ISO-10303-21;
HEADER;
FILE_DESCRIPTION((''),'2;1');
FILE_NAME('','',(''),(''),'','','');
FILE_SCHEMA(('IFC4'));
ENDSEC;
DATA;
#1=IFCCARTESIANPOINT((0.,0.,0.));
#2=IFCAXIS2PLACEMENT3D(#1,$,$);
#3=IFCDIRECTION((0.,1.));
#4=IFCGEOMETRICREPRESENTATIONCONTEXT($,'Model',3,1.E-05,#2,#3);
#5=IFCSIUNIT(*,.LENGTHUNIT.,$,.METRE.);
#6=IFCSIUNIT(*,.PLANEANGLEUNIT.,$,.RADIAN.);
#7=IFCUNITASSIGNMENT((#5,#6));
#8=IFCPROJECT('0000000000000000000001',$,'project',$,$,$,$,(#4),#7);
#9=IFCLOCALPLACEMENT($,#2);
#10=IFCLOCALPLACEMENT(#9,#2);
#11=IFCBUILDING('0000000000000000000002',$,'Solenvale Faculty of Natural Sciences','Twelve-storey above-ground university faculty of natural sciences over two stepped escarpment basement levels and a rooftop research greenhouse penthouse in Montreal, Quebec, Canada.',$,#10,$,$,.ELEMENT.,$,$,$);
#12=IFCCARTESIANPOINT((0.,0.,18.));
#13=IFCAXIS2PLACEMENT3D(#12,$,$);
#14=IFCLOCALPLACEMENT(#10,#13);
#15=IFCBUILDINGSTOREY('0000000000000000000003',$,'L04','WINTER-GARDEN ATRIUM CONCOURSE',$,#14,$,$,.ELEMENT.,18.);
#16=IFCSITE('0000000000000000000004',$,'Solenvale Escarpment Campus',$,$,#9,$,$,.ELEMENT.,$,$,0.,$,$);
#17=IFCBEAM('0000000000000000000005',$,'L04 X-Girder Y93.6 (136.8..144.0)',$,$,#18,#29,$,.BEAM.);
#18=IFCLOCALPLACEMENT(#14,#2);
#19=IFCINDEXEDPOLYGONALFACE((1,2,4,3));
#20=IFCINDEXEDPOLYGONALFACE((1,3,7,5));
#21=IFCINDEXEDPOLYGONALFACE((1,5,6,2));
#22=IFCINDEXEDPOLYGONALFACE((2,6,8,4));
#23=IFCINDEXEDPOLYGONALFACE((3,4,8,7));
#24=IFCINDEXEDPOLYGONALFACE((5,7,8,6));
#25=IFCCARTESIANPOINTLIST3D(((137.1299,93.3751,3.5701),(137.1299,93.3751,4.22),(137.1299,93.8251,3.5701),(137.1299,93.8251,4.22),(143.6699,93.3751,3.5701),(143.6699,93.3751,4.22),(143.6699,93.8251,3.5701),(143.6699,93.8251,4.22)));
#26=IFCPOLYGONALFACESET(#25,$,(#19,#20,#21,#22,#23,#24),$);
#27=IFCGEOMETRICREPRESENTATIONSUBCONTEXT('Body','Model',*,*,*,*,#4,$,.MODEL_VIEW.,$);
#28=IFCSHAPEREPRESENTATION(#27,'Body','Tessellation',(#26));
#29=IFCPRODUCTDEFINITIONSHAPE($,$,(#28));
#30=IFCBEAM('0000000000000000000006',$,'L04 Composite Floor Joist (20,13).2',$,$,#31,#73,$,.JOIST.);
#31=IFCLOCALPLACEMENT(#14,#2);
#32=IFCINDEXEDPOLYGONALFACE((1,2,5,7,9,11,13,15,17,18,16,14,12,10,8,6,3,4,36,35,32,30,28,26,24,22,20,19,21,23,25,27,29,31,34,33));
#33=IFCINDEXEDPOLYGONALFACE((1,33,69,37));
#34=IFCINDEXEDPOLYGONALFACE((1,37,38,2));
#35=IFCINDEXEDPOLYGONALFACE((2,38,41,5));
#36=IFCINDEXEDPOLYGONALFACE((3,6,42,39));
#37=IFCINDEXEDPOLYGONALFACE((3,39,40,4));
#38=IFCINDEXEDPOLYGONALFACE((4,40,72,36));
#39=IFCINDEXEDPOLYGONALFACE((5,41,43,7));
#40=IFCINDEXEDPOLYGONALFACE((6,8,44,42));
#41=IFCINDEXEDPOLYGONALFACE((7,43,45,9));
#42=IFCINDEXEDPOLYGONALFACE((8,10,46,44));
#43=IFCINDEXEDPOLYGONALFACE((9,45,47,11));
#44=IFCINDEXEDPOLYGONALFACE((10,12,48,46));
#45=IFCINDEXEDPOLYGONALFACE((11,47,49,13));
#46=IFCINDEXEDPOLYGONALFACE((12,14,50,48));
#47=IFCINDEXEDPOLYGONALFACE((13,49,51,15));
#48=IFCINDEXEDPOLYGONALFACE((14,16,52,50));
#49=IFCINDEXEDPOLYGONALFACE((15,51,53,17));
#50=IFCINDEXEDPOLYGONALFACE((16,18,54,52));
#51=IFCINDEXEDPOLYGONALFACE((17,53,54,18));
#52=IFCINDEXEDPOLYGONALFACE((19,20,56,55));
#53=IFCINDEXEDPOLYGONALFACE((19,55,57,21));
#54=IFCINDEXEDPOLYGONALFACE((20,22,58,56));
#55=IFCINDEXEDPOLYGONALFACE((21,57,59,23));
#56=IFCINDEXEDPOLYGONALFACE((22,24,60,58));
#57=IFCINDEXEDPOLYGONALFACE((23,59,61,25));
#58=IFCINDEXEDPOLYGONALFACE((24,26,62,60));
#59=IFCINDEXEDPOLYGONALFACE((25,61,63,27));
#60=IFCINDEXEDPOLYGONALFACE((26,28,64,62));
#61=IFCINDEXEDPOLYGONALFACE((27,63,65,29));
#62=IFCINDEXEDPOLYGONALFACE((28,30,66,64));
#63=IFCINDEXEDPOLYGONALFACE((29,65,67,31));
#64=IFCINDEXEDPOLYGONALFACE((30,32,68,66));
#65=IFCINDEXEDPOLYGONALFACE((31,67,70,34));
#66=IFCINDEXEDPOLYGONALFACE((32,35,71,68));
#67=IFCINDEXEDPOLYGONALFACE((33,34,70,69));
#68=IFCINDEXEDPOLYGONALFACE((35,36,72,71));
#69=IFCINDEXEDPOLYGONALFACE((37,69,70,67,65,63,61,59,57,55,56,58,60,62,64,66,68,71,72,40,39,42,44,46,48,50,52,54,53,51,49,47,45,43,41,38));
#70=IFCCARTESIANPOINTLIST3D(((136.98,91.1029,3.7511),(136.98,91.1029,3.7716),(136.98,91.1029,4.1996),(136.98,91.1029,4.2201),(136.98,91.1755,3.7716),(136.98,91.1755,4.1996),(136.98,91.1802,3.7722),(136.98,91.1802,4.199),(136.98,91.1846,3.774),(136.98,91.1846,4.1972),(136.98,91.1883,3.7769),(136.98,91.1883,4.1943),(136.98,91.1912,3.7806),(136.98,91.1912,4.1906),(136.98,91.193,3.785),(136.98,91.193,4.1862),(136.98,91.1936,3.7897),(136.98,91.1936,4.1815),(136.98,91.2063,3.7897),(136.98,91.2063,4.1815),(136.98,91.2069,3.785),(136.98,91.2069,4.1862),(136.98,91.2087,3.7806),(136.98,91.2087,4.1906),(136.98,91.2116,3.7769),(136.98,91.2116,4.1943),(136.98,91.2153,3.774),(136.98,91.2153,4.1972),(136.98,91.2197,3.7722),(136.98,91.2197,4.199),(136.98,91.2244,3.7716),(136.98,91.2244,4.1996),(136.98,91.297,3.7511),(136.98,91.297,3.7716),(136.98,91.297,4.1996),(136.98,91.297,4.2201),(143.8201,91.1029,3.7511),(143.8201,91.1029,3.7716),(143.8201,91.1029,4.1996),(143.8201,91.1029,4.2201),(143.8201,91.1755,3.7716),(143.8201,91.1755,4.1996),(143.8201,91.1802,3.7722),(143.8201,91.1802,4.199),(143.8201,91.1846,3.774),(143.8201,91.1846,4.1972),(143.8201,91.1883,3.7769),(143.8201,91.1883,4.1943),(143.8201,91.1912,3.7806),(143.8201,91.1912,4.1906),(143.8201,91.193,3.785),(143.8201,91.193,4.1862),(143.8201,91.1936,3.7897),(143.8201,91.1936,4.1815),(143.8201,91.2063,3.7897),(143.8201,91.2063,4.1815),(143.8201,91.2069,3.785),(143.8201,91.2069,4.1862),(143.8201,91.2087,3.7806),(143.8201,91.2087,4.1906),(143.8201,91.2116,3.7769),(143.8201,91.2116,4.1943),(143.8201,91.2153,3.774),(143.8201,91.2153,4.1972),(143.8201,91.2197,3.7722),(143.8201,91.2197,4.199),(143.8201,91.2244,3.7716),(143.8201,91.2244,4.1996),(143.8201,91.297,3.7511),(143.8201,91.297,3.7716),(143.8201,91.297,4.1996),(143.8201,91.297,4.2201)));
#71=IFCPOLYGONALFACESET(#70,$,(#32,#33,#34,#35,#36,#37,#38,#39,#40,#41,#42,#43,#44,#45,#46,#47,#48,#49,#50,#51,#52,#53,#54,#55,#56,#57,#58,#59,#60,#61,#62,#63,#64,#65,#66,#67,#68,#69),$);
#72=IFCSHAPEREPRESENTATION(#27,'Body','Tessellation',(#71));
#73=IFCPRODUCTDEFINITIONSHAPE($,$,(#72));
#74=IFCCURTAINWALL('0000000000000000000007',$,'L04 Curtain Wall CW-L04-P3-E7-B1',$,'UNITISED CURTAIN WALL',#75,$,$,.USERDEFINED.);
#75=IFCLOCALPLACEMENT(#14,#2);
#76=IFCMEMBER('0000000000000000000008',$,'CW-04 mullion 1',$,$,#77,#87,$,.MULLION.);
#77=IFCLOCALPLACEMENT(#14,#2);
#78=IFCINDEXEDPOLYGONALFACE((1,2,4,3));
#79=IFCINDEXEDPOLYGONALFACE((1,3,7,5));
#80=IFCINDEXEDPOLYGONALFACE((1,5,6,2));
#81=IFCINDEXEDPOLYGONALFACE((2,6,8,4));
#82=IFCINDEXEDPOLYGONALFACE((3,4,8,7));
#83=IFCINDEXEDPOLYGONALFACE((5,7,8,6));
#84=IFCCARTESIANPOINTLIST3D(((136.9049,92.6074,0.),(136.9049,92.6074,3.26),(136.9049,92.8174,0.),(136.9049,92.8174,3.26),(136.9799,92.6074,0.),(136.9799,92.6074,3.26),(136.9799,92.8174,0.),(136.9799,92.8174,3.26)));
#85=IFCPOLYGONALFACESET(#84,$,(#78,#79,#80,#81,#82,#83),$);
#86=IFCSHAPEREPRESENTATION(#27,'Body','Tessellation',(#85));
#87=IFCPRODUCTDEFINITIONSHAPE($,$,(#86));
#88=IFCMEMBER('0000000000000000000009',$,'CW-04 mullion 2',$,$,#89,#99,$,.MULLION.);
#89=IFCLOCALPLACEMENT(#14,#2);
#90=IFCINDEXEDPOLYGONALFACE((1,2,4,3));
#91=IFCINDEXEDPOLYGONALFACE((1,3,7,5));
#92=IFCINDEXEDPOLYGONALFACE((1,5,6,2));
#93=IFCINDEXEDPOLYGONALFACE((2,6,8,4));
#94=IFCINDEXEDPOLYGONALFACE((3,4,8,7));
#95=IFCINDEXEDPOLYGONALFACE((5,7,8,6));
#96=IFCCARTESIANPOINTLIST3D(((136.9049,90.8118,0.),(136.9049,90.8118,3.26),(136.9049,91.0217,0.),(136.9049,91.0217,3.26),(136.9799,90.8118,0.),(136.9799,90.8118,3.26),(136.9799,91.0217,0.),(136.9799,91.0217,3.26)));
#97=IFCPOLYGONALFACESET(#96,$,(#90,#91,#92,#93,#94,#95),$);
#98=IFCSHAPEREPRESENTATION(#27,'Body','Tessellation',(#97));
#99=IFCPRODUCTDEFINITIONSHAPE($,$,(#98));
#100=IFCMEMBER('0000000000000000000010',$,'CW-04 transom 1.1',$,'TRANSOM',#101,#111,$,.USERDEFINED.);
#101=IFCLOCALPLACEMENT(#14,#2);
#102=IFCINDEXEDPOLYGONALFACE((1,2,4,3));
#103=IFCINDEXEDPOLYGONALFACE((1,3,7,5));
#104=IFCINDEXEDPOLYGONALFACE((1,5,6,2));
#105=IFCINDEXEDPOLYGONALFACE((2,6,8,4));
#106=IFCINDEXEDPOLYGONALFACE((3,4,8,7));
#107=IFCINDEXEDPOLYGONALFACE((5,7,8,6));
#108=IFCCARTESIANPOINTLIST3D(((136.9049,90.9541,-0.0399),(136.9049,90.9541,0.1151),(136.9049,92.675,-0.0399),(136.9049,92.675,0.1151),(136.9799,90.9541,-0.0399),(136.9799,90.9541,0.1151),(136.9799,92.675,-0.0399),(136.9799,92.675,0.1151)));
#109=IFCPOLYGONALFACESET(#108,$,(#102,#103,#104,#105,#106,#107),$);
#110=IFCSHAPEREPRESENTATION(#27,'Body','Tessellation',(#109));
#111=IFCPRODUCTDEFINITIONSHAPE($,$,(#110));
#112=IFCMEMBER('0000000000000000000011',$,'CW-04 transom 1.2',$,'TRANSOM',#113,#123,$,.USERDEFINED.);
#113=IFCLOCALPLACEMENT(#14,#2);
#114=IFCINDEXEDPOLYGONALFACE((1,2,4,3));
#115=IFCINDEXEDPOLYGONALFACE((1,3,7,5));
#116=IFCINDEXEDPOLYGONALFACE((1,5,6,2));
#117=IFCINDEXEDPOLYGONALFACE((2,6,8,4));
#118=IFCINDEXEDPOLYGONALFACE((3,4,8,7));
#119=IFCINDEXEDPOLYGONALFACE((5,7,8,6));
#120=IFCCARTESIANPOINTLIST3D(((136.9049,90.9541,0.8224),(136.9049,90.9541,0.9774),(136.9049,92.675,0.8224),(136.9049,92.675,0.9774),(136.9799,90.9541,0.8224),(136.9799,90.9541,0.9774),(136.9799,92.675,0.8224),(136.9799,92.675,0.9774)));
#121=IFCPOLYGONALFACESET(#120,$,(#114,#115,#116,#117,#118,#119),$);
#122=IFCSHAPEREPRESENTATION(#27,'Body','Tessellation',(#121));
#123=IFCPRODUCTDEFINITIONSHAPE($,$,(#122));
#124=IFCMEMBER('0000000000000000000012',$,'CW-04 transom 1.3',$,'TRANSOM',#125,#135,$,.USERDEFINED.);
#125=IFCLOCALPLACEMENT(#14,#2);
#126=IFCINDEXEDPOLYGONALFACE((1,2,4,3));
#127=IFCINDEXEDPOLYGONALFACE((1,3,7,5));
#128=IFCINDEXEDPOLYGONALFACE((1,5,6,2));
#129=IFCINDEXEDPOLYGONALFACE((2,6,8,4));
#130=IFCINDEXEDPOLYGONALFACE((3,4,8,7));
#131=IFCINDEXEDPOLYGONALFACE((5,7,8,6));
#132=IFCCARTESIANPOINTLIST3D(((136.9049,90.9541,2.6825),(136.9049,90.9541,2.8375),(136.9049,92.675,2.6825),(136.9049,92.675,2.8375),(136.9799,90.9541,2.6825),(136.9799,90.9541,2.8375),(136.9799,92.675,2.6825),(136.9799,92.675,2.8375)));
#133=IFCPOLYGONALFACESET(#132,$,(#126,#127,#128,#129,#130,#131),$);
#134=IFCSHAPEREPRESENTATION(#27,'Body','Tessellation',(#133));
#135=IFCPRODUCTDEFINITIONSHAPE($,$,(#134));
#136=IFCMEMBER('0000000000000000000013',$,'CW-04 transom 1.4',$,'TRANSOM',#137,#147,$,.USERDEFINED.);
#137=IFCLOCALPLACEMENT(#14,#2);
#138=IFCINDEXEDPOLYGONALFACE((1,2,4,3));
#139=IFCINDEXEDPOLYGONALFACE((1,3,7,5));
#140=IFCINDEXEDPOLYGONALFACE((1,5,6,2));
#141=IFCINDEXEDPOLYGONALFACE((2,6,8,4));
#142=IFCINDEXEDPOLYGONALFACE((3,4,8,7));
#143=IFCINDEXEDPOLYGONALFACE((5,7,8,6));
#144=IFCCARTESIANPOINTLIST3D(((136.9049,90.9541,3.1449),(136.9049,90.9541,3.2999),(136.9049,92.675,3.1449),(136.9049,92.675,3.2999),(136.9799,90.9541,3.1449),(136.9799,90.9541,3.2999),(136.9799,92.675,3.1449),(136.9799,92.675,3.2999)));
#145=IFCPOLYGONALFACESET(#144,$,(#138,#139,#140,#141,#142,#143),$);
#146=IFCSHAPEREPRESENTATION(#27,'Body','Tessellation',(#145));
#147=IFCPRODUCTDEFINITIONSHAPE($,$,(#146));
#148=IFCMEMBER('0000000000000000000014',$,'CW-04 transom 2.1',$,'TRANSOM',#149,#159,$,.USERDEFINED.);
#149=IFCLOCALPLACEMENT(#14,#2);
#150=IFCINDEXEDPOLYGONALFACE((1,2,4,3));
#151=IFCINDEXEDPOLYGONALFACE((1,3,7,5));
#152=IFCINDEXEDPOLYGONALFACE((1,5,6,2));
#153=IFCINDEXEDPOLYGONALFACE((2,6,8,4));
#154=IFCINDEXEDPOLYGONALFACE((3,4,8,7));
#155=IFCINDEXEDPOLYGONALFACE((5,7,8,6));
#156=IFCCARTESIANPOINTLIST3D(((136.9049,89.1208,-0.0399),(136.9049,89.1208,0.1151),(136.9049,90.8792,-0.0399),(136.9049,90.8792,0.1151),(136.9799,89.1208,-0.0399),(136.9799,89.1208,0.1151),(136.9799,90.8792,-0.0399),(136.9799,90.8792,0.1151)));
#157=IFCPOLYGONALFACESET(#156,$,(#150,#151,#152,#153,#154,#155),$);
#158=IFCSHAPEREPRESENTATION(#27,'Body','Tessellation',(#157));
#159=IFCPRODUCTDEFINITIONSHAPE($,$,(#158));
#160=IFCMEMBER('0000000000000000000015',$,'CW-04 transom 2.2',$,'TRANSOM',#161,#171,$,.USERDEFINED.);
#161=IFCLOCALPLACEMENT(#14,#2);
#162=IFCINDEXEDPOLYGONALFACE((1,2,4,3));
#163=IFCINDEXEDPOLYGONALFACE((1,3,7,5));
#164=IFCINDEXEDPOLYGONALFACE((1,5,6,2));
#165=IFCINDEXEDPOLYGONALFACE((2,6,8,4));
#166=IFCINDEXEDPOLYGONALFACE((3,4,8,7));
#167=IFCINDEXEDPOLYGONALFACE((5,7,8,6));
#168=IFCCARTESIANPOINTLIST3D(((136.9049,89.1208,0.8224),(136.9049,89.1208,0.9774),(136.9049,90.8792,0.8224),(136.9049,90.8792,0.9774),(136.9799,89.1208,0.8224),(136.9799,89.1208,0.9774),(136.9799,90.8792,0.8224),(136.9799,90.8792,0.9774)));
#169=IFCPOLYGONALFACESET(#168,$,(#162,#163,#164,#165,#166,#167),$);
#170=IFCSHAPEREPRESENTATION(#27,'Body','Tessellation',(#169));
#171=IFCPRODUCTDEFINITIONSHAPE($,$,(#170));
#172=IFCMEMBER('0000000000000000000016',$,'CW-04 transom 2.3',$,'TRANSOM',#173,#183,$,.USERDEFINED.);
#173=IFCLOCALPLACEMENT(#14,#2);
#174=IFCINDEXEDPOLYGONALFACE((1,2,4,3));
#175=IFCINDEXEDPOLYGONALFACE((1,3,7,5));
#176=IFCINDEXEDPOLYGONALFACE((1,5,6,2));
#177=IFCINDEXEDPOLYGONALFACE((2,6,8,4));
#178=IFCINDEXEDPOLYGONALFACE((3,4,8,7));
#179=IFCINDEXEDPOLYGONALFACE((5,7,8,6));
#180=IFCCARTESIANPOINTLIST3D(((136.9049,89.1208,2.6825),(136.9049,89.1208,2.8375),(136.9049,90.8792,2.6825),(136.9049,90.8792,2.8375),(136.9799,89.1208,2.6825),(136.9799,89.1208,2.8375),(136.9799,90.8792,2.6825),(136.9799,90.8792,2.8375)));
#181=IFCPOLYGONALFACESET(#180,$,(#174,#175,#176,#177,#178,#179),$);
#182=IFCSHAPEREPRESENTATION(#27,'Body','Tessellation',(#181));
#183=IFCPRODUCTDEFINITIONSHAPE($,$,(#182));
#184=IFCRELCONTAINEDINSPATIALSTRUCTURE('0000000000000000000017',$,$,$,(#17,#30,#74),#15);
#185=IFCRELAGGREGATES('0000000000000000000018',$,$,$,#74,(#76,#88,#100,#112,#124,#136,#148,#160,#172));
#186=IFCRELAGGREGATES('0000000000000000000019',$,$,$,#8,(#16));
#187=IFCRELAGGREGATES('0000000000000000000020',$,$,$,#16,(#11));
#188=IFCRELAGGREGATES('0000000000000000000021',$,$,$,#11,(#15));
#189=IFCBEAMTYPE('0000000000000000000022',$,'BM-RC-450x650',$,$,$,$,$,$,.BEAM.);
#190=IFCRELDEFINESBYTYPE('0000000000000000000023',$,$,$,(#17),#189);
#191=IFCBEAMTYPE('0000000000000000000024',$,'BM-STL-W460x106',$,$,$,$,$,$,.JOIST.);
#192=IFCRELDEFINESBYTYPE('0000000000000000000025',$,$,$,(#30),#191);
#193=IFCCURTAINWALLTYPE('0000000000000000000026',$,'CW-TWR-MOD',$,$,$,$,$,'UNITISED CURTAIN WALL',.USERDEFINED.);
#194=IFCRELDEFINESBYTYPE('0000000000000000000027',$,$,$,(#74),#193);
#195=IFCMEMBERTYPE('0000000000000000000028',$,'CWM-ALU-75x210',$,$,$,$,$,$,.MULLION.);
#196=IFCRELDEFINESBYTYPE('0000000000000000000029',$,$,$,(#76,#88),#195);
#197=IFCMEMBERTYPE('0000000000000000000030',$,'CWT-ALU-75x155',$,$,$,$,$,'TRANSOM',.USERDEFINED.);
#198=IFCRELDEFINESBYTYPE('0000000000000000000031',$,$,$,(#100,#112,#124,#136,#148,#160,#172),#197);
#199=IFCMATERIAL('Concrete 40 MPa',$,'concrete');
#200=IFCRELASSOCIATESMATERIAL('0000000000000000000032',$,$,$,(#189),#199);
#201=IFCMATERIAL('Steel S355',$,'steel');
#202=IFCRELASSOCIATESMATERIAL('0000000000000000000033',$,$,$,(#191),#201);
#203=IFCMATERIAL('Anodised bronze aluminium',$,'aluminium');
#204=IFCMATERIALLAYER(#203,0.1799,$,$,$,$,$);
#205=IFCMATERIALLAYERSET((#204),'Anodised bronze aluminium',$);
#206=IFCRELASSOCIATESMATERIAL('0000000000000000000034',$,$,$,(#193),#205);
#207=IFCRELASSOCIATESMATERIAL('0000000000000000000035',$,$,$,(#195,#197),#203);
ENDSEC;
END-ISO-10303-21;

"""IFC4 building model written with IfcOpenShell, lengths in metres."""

from ifc_helpers import new_model, si_unit, direction, frame, origin, origin_2d, place, context, subcontext, project, spatial, rectangle, i_section, extrude, material, layer, layer_set, material_profile, profile_set, type_object, element, aggregate, save


model = new_model("IFC4")

# Units and contexts
model_context = context("Model", 3, precision=1e-05, world=origin(), true_north=direction((0.0, 1.0)))
body_context = subcontext(model_context, "Body", "Model", "MODEL_VIEW")
ifc_project = project(units=[si_unit("LENGTHUNIT", "METRE"), si_unit("PLANEANGLEUNIT", "RADIAN")], contexts=[model_context])

# Site, building, storey
site_placement = place(None, origin())
site = spatial("IfcSite", under=ifc_project, at=site_placement, Name="Solenvale Escarpment Campus", CompositionType="ELEMENT", RefElevation=0.0)
building_placement = place(site_placement, origin())
building = spatial("IfcBuilding", under=site, at=building_placement, Name="Solenvale Faculty of Natural Sciences", Description="Twelve-storey above-ground university faculty of natural sciences over two stepped escarpment basement levels and a rooftop research greenhouse penthouse in Montreal, Quebec, Canada.", CompositionType="ELEMENT")
storey_placement = place(building_placement, frame((0.0, 0.0, 18.0)))
storey = spatial("IfcBuildingStorey", under=building, at=storey_placement, Name="L04", Description="WINTER-GARDEN ATRIUM CONCOURSE", CompositionType="ELEMENT", Elevation=18.0)

# Beams
ifc_material_1 = material(Name="Concrete 40 MPa", Category="concrete")
ifc_material_profile_1 = material_profile(ifc_material_1, rectangle(XDim=0.45, YDim=0.6499, at=origin_2d()), Name="RC-BM-450x650")
ifc_profile_set_1 = profile_set([ifc_material_profile_1], Name="Concrete 40 MPa")
beam_type_1 = type_object("IfcBeamType", Name="BM-RC-450x650", PredefinedType="BEAM", material=ifc_profile_set_1)
beam_1_placement = place(storey_placement, frame((137.1299, 93.6001, 3.895), z_axis=(1.0, 0.0, 0.0), x_axis=(0.0, 1.0, 0.0)))
element("IfcBeam", 1, at=beam_1_placement, inside=storey, type_object=beam_type_1, Name="L04 X-Girder Y93.6 (136.8..144.0)", PredefinedType="BEAM", context=body_context, shape_type="SweptSolid", body=[
    extrude(rectangle(XDim=0.45, YDim=0.6499, at=origin_2d()), origin(), (0.0, 0.0, 1.0), 6.54),
])
ifc_material_2 = material(Name="Steel S355", Category="steel")
ifc_material_profile_2 = material_profile(ifc_material_2, i_section(OverallWidth=0.1941, OverallDepth=0.469, WebThickness=0.0127, FlangeThickness=0.0205, FilletRadius=0.0181, at=origin_2d()), Name="W460x106")
ifc_profile_set_2 = profile_set([ifc_material_profile_2], Name="Steel S355")
beam_type_2 = type_object("IfcBeamType", Name="BM-STL-W460x106", PredefinedType="JOIST", material=ifc_profile_set_2)
beam_2_placement = place(storey_placement, frame((136.98, 91.2, 3.9856), z_axis=(1.0, 0.0, 0.0), x_axis=(0.0, 1.0, 0.0)))
element("IfcBeam", 2, at=beam_2_placement, inside=storey, type_object=beam_type_2, Name="L04 Composite Floor Joist (20,13).2", PredefinedType="JOIST", context=body_context, shape_type="SweptSolid", body=[
    extrude(i_section(OverallWidth=0.1941, OverallDepth=0.469, WebThickness=0.0127, FlangeThickness=0.0205, FilletRadius=0.0181, at=origin_2d()), origin(), (0.0, 0.0, 1.0), 6.8401),
])

# Curtain wall, members
ifc_material_3 = material(Name="Anodised bronze aluminium", Category="aluminium")
ifc_layer_1 = layer(ifc_material_3, 0.1799)
ifc_layer_set_1 = layer_set([ifc_layer_1], Name="Anodised bronze aluminium")
curtain_wall_type = type_object("IfcCurtainWallType", Name="CW-TWR-MOD", ElementType="UNITISED CURTAIN WALL", PredefinedType="USERDEFINED", material=ifc_layer_set_1)
curtain_wall_placement = place(storey_placement, origin())
curtain_wall = element("IfcCurtainWall", 3, at=curtain_wall_placement, inside=storey, type_object=curtain_wall_type, Name="L04 Curtain Wall CW-L04-P3-E7-B1", ObjectType="UNITISED CURTAIN WALL", PredefinedType="USERDEFINED")
ifc_material_profile_3 = material_profile(ifc_material_3, rectangle(XDim=0.075, YDim=0.21, at=origin_2d()), Name="ALU-MUL-75x210")
ifc_profile_set_3 = profile_set([ifc_material_profile_3], Name="Anodised bronze aluminium")
member_type_1 = type_object("IfcMemberType", Name="CWM-ALU-75x210", PredefinedType="MULLION", material=ifc_profile_set_3)
member_1_placement = place(storey_placement, frame((136.9424, 92.7124, 0.0), z_axis=(0.0, 0.0, 1.0), x_axis=(1.0, 0.0, 0.0)))
member_1 = element("IfcMember", 4, at=member_1_placement, type_object=member_type_1, Name="CW-04 mullion 1", PredefinedType="MULLION", context=body_context, shape_type="SweptSolid", body=[
    extrude(rectangle(XDim=0.075, YDim=0.21, at=origin_2d()), origin(), (0.0, 0.0, 1.0), 3.26),
])
member_2_placement = place(storey_placement, frame((136.9424, 90.9167, 0.0), z_axis=(0.0, 0.0, 1.0), x_axis=(1.0, 0.0, 0.0)))
member_2 = element("IfcMember", 5, at=member_2_placement, type_object=member_type_1, Name="CW-04 mullion 2", PredefinedType="MULLION", context=body_context, shape_type="SweptSolid", body=[
    extrude(rectangle(XDim=0.075, YDim=0.21, at=origin_2d()), origin(), (0.0, 0.0, 1.0), 3.26),
])
ifc_material_profile_4 = material_profile(ifc_material_3, rectangle(XDim=0.075, YDim=0.155, at=origin_2d()), Name="ALU-TRN-75x155")
ifc_profile_set_4 = profile_set([ifc_material_profile_4], Name="Anodised bronze aluminium")
member_type_2 = type_object("IfcMemberType", Name="CWT-ALU-75x155", ElementType="TRANSOM", PredefinedType="USERDEFINED", material=ifc_profile_set_4)
member_3_placement = place(storey_placement, frame((136.9424, 92.675, 0.0376), z_axis=(0.0, -1.0, 0.0), x_axis=(1.0, 0.0, 0.0)))
member_3 = element("IfcMember", 6, at=member_3_placement, type_object=member_type_2, Name="CW-04 transom 1.1", ObjectType="TRANSOM", PredefinedType="USERDEFINED", context=body_context, shape_type="SweptSolid", body=[
    extrude(rectangle(XDim=0.075, YDim=0.155, at=origin_2d()), origin(), (0.0, 0.0, 1.0), 1.7209),
])
member_4_placement = place(storey_placement, frame((136.9424, 92.675, 0.8999), z_axis=(0.0, -1.0, 0.0), x_axis=(1.0, 0.0, 0.0)))
member_4 = element("IfcMember", 7, at=member_4_placement, type_object=member_type_2, Name="CW-04 transom 1.2", ObjectType="TRANSOM", PredefinedType="USERDEFINED", context=body_context, shape_type="SweptSolid", body=[
    extrude(rectangle(XDim=0.075, YDim=0.155, at=origin_2d()), origin(), (0.0, 0.0, 1.0), 1.7209),
])
member_5_placement = place(storey_placement, frame((136.9424, 92.675, 2.76), z_axis=(0.0, -1.0, 0.0), x_axis=(1.0, 0.0, 0.0)))
member_5 = element("IfcMember", 8, at=member_5_placement, type_object=member_type_2, Name="CW-04 transom 1.3", ObjectType="TRANSOM", PredefinedType="USERDEFINED", context=body_context, shape_type="SweptSolid", body=[
    extrude(rectangle(XDim=0.075, YDim=0.155, at=origin_2d()), origin(), (0.0, 0.0, 1.0), 1.7209),
])
member_6_placement = place(storey_placement, frame((136.9424, 92.675, 3.2224), z_axis=(0.0, -1.0, 0.0), x_axis=(1.0, 0.0, 0.0)))
member_6 = element("IfcMember", 9, at=member_6_placement, type_object=member_type_2, Name="CW-04 transom 1.4", ObjectType="TRANSOM", PredefinedType="USERDEFINED", context=body_context, shape_type="SweptSolid", body=[
    extrude(rectangle(XDim=0.075, YDim=0.155, at=origin_2d()), origin(), (0.0, 0.0, 1.0), 1.7209),
])
member_7_placement = place(storey_placement, frame((136.9424, 90.8792, 0.0376), z_axis=(0.0, -1.0, 0.0), x_axis=(1.0, 0.0, 0.0)))
member_7 = element("IfcMember", 10, at=member_7_placement, type_object=member_type_2, Name="CW-04 transom 2.1", ObjectType="TRANSOM", PredefinedType="USERDEFINED", context=body_context, shape_type="SweptSolid", body=[
    extrude(rectangle(XDim=0.075, YDim=0.155, at=origin_2d()), origin(), (0.0, 0.0, 1.0), 1.7583),
])
member_8_placement = place(storey_placement, frame((136.9424, 90.8792, 0.8999), z_axis=(0.0, -1.0, 0.0), x_axis=(1.0, 0.0, 0.0)))
member_8 = element("IfcMember", 11, at=member_8_placement, type_object=member_type_2, Name="CW-04 transom 2.2", ObjectType="TRANSOM", PredefinedType="USERDEFINED", context=body_context, shape_type="SweptSolid", body=[
    extrude(rectangle(XDim=0.075, YDim=0.155, at=origin_2d()), origin(), (0.0, 0.0, 1.0), 1.7583),
])
member_9_placement = place(storey_placement, frame((136.9424, 90.8792, 2.76), z_axis=(0.0, -1.0, 0.0), x_axis=(1.0, 0.0, 0.0)))
member_9 = element("IfcMember", 12, at=member_9_placement, type_object=member_type_2, Name="CW-04 transom 2.3", ObjectType="TRANSOM", PredefinedType="USERDEFINED", context=body_context, shape_type="SweptSolid", body=[
    extrude(rectangle(XDim=0.075, YDim=0.155, at=origin_2d()), origin(), (0.0, 0.0, 1.0), 1.7583),
])
aggregate(curtain_wall, [member_1, member_2, member_3, member_4, member_5, member_6, member_7, member_8, member_9])

save(model, "model.ifc")
